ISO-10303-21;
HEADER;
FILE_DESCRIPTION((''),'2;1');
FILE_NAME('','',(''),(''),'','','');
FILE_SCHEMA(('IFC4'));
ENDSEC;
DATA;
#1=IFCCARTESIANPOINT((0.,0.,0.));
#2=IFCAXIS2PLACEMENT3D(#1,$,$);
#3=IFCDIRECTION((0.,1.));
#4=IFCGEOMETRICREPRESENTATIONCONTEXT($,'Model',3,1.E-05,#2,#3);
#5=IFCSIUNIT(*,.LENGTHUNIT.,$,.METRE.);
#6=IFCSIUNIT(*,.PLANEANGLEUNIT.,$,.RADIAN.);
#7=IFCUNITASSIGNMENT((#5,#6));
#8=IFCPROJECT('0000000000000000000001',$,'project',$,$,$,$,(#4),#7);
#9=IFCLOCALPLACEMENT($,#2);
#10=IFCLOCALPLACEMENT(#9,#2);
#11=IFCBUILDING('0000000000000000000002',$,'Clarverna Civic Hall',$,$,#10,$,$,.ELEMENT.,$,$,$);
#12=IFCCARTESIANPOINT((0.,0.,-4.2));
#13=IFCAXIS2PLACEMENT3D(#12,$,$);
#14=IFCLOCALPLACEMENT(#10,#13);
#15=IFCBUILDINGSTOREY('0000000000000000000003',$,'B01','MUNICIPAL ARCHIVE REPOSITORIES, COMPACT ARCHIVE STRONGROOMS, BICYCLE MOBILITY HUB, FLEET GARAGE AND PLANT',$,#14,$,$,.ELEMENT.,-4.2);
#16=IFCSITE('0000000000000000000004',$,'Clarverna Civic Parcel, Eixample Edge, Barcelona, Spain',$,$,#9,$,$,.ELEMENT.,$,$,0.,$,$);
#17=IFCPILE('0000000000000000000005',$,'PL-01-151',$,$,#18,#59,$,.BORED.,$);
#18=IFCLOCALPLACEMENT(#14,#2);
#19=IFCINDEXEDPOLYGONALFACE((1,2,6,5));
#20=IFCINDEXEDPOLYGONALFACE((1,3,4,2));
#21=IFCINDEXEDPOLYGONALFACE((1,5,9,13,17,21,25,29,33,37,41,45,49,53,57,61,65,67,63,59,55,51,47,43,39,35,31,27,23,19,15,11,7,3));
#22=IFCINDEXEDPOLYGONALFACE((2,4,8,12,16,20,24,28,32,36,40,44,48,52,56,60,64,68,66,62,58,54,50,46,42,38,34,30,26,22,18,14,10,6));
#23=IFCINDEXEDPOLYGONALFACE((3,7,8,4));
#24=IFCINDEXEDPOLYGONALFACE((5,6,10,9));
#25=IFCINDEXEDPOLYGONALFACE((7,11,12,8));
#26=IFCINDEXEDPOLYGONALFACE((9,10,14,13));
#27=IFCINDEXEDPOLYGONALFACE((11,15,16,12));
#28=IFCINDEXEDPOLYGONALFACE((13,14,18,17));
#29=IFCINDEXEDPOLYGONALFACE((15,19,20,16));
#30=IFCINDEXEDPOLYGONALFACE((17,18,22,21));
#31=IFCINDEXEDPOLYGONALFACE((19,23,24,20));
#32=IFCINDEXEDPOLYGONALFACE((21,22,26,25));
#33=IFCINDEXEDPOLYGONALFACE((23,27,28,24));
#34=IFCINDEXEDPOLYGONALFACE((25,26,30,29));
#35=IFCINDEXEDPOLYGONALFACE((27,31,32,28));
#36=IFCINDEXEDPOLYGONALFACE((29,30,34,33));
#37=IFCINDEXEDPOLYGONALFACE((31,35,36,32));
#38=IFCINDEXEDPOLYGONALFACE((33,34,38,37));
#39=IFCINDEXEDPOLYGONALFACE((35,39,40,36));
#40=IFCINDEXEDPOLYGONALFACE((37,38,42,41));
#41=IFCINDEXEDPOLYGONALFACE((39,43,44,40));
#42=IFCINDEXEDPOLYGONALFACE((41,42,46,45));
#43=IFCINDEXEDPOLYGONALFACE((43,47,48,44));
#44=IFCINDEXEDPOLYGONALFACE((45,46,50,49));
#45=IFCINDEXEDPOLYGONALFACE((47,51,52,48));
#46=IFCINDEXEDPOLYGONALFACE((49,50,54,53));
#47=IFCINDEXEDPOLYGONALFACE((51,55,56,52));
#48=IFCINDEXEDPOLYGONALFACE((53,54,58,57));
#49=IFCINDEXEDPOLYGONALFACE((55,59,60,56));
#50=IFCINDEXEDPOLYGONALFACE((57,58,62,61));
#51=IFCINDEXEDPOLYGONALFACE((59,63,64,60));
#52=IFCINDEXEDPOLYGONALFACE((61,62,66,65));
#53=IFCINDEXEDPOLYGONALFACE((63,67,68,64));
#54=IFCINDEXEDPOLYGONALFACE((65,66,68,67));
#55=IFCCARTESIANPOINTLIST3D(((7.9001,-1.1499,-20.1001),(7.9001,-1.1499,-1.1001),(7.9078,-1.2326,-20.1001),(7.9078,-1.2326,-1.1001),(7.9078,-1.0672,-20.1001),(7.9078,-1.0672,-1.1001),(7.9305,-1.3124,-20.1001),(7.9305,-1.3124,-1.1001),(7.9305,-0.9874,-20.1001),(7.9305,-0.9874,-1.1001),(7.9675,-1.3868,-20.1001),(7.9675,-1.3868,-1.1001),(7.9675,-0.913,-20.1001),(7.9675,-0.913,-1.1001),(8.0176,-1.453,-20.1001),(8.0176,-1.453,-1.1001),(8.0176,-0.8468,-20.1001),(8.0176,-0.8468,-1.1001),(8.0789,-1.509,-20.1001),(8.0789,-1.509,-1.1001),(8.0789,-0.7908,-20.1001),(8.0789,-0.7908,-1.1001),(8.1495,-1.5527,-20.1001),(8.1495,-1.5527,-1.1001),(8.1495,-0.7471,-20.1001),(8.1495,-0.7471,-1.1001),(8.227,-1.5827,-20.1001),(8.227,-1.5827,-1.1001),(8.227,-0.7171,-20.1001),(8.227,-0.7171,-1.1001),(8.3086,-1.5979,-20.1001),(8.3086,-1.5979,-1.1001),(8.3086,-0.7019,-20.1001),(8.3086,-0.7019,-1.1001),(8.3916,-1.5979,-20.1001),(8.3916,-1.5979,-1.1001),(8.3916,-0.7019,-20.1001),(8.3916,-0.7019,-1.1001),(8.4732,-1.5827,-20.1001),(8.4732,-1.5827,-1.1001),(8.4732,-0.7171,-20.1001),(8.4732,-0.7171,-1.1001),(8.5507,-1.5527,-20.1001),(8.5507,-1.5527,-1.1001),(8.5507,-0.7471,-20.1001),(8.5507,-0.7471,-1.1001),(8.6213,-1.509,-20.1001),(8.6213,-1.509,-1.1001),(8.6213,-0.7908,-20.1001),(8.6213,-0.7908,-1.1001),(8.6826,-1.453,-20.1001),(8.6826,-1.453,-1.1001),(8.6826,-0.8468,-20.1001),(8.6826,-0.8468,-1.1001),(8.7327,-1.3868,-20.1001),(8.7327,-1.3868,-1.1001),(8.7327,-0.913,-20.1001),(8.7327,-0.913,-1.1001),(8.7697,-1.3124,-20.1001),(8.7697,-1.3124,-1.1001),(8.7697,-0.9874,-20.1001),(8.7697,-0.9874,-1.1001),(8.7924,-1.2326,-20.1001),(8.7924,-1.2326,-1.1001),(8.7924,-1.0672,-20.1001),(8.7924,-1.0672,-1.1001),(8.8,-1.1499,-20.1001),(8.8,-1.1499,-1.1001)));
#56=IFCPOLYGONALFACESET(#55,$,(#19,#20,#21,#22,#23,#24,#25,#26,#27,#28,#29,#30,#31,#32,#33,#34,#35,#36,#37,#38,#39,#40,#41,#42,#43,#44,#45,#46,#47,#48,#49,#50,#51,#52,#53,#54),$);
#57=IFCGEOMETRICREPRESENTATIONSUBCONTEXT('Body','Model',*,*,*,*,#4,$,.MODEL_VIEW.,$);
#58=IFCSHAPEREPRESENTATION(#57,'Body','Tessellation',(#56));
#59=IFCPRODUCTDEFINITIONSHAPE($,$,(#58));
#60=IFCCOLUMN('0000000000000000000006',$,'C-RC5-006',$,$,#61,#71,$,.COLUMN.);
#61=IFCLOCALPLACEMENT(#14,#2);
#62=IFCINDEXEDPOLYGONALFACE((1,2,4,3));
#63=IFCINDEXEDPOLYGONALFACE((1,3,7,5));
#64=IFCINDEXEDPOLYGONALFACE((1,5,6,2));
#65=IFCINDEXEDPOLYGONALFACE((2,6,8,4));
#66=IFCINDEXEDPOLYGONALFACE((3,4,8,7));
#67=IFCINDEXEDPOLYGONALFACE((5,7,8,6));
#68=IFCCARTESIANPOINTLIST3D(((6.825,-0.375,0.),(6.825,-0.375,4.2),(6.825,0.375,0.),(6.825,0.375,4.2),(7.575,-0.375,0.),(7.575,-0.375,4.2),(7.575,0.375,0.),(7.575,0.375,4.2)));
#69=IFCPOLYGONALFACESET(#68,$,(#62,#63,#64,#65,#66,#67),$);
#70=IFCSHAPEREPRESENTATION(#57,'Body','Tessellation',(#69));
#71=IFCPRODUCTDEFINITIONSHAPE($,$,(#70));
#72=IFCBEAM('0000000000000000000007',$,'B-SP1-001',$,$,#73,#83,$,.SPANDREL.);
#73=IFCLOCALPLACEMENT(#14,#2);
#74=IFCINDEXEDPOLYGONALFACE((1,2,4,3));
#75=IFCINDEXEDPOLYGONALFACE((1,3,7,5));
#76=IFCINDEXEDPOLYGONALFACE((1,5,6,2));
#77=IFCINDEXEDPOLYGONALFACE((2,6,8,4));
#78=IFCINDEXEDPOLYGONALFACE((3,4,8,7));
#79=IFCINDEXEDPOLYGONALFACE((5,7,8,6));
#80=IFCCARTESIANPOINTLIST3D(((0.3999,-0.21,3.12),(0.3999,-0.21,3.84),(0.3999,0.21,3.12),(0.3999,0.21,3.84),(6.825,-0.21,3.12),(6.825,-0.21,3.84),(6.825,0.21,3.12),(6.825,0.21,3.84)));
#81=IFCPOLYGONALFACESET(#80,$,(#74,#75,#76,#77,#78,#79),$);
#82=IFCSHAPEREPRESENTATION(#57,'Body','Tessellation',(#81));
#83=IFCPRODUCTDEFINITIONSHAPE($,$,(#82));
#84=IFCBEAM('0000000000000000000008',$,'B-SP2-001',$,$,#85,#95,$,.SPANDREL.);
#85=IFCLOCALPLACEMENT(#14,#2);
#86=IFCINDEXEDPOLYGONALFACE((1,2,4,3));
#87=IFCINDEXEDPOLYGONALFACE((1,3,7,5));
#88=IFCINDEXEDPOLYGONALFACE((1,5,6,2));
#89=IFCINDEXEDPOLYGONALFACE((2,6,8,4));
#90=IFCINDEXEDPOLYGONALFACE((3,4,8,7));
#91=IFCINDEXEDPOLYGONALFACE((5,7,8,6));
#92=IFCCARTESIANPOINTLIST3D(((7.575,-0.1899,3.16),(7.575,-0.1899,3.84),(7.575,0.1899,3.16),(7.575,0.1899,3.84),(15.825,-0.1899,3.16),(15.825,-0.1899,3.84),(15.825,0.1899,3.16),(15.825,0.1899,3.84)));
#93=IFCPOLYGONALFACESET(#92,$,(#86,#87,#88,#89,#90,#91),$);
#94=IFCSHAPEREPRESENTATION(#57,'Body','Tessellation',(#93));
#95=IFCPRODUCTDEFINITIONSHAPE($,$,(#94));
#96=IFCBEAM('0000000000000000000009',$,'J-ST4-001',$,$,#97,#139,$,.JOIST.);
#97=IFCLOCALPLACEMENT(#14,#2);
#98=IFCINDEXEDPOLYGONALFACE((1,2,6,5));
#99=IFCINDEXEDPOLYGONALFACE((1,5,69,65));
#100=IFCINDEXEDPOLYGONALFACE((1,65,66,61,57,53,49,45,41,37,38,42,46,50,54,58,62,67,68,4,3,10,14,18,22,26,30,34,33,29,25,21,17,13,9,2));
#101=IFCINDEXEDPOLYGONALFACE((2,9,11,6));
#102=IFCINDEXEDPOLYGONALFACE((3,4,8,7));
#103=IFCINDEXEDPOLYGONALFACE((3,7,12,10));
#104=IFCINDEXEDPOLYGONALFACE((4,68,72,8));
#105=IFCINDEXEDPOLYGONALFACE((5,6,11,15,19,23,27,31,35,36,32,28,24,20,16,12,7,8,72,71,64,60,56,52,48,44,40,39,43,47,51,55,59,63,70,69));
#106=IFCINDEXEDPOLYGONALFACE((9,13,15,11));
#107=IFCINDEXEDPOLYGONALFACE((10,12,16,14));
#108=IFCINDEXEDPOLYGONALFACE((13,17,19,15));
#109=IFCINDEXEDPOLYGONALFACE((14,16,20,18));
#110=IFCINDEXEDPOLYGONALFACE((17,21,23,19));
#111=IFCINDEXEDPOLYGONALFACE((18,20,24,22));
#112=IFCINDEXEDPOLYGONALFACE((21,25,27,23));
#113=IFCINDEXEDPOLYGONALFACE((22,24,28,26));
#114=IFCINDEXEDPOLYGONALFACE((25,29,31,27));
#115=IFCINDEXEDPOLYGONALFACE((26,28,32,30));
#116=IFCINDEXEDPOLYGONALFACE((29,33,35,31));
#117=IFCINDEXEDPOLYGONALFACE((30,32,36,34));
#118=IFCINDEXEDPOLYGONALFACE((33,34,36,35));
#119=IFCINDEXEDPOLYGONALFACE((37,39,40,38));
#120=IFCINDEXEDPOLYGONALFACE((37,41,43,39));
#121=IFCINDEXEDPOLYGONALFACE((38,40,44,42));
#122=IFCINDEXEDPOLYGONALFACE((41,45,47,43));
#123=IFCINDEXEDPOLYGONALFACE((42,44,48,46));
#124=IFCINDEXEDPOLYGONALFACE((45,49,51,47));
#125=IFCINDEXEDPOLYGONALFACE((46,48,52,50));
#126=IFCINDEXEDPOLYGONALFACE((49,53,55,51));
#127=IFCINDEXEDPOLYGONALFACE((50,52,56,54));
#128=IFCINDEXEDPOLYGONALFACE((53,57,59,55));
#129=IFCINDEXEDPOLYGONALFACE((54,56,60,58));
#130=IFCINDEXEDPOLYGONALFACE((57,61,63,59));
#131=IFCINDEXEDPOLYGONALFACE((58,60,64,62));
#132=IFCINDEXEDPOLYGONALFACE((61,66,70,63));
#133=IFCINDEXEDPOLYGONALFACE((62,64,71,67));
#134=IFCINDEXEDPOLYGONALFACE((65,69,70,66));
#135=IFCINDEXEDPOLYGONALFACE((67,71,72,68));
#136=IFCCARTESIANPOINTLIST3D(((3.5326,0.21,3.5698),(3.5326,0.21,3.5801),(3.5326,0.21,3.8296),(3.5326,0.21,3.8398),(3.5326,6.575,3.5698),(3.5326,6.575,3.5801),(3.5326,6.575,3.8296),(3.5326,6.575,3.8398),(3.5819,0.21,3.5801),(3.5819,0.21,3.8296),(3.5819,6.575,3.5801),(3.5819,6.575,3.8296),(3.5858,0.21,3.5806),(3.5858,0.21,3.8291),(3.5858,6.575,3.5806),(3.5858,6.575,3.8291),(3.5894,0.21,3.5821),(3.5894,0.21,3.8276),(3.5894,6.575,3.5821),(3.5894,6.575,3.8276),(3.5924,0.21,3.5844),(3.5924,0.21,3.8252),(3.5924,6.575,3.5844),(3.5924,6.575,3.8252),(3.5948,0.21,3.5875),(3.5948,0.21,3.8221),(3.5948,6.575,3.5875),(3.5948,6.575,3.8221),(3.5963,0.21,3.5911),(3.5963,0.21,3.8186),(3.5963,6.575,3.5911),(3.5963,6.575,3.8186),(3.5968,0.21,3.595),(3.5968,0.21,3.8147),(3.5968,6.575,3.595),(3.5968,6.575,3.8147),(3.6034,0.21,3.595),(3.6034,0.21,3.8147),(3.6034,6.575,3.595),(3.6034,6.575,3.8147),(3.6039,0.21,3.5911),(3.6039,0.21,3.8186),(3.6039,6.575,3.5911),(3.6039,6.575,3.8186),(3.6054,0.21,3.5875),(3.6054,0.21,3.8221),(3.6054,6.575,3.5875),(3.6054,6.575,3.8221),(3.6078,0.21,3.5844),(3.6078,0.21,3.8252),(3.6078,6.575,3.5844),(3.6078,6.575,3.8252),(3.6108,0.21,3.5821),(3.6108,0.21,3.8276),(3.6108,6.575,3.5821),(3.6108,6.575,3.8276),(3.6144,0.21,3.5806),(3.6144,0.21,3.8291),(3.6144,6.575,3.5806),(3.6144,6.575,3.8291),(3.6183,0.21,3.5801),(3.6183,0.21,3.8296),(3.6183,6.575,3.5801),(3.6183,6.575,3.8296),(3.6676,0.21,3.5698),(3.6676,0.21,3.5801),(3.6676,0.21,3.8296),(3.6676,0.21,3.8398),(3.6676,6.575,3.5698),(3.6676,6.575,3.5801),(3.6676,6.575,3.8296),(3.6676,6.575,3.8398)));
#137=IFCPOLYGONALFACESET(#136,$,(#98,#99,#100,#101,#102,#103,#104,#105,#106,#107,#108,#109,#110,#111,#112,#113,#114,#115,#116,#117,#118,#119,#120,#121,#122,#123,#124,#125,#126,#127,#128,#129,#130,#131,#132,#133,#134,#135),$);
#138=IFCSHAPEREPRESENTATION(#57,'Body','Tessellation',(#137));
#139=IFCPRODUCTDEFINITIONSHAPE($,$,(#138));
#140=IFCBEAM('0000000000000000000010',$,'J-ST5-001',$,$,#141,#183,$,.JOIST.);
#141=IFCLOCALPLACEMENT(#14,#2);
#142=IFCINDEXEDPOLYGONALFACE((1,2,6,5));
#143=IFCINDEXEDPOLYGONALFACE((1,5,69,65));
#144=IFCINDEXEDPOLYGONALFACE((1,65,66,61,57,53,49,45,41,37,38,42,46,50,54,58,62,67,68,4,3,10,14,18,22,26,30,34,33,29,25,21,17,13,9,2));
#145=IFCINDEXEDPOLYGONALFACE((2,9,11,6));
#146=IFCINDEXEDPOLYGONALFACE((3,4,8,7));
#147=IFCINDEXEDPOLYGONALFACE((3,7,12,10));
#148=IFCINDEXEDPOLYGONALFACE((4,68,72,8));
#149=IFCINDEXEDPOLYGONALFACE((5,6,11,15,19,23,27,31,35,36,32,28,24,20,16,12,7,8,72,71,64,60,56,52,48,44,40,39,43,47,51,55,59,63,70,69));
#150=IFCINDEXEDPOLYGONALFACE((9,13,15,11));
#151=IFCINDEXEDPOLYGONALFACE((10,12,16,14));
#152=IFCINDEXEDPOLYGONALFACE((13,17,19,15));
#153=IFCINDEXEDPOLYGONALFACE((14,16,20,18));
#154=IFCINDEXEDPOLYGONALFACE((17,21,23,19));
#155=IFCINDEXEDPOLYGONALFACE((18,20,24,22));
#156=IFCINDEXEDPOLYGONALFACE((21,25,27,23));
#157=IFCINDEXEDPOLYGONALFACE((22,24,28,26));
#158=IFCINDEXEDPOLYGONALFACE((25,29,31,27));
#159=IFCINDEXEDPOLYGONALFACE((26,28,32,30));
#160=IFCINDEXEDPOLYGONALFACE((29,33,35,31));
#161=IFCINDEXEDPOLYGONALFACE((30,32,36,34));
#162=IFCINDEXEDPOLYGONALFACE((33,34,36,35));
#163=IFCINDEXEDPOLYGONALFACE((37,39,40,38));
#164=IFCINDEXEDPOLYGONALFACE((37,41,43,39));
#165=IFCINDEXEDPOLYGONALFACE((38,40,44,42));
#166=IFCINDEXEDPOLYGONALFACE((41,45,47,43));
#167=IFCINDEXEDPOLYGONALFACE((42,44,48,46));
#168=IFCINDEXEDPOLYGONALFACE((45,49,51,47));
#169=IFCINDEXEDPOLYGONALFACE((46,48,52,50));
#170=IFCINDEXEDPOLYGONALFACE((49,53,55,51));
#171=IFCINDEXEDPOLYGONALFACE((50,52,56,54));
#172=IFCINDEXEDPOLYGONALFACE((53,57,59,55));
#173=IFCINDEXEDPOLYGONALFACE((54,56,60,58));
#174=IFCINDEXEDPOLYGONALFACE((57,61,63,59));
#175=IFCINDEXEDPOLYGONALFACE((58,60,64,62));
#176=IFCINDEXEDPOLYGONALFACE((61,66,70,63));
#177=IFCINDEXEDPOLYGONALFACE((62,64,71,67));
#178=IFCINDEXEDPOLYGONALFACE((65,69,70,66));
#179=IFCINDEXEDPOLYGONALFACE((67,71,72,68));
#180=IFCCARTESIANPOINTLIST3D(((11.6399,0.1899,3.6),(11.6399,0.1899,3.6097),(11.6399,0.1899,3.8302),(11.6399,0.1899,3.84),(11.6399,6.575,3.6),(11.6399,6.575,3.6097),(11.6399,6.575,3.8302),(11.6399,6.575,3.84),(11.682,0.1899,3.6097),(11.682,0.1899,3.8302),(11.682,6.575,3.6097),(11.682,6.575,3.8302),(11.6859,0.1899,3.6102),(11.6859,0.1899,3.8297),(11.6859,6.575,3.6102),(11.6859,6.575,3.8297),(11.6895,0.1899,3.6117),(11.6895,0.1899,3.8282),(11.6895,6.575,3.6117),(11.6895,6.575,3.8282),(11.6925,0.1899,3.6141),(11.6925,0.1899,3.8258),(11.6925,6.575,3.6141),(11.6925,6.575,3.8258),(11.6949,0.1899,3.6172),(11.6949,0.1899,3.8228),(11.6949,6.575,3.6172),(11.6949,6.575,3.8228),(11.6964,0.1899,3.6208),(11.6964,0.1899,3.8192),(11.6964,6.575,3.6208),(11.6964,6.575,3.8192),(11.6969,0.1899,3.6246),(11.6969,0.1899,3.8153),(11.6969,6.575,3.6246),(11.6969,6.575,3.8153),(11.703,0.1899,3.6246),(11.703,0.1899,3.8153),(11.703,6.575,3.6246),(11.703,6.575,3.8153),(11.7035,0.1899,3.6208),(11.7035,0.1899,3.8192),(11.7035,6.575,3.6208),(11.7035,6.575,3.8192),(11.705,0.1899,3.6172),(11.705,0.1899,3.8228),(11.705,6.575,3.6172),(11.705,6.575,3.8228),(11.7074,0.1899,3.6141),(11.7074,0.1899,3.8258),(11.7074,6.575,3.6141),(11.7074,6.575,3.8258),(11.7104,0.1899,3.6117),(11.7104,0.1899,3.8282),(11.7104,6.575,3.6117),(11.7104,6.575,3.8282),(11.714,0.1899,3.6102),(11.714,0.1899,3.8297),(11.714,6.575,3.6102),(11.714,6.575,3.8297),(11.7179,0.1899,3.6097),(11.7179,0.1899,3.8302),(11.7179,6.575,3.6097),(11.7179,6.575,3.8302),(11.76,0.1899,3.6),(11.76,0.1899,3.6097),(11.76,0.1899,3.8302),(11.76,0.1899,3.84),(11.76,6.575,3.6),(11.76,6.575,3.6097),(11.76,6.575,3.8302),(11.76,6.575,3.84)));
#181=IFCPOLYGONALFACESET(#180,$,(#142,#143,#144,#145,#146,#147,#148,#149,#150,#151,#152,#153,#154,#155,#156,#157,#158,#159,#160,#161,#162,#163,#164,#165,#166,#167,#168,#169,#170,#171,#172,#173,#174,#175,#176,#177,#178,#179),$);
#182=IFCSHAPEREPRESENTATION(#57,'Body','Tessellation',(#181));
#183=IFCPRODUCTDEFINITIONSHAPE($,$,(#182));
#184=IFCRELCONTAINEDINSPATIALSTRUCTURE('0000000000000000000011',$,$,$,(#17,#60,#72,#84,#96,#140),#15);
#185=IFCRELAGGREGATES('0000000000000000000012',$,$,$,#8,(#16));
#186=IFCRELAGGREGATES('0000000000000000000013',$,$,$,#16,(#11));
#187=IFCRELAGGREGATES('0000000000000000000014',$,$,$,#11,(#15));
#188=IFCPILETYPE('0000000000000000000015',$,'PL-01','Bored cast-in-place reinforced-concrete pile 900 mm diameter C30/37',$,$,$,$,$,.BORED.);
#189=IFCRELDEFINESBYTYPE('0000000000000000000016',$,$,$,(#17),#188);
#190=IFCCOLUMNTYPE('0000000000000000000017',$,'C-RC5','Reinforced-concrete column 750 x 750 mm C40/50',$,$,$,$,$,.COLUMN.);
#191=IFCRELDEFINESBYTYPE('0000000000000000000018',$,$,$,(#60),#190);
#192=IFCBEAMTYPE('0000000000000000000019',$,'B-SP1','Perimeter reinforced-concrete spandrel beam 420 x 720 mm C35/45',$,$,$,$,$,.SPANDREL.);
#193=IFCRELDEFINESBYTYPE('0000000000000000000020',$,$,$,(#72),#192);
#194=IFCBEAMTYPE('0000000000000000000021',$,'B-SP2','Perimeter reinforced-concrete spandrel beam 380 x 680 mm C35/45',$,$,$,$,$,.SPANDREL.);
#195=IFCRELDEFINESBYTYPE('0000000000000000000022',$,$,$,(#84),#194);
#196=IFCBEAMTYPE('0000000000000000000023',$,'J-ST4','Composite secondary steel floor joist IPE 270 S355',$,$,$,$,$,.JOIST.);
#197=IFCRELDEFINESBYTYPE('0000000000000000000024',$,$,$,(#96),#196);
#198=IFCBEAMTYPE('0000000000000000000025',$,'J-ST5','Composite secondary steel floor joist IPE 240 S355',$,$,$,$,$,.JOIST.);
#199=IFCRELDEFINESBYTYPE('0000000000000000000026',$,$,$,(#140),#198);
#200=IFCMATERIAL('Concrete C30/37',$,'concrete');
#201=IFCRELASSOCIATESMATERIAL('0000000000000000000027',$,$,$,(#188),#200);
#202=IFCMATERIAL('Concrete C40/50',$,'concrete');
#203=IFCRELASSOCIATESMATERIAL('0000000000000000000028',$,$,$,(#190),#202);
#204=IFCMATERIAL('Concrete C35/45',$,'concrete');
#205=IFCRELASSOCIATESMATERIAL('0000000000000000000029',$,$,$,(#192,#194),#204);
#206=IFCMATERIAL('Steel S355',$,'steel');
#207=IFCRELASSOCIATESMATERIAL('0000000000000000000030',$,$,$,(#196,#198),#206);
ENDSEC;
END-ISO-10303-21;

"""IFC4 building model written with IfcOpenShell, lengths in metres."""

from ifc_helpers import new_model, si_unit, direction, frame, origin, origin_2d, place, context, subcontext, project, spatial, rectangle, circle, i_section, extrude, material, material_profile, profile_set, type_object, element, save


model = new_model("IFC4")

# Units and contexts
model_context = context("Model", 3, precision=1e-05, world=origin(), true_north=direction((0.0, 1.0)))
body_context = subcontext(model_context, "Body", "Model", "MODEL_VIEW")
ifc_project = project(units=[si_unit("LENGTHUNIT", "METRE"), si_unit("PLANEANGLEUNIT", "RADIAN")], contexts=[model_context])

# Site, building, storey
site_placement = place(None, origin())
site = spatial("IfcSite", under=ifc_project, at=site_placement, Name="Clarverna Civic Parcel, Eixample Edge, Barcelona, Spain", CompositionType="ELEMENT", RefElevation=0.0)
building_placement = place(site_placement, origin())
building = spatial("IfcBuilding", under=site, at=building_placement, Name="Clarverna Civic Hall", CompositionType="ELEMENT")
storey_placement = place(building_placement, frame((0.0, 0.0, -4.2)))
storey = spatial("IfcBuildingStorey", under=building, at=storey_placement, Name="B01", Description="MUNICIPAL ARCHIVE REPOSITORIES, COMPACT ARCHIVE STRONGROOMS, BICYCLE MOBILITY HUB, FLEET GARAGE AND PLANT", CompositionType="ELEMENT", Elevation=-4.2)

# Shared definitions
ifc_material_1 = material(Name="Concrete C30/37", Category="concrete")

# Pile
ifc_material_profile_1 = material_profile(ifc_material_1, circle(Radius=0.45, at=origin_2d()), Name="BORED PILE D900")
ifc_profile_set_1 = profile_set([ifc_material_profile_1], Name="Concrete C30/37")
pile_type = type_object("IfcPileType", Name="PL-01", Description="Bored cast-in-place reinforced-concrete pile 900 mm diameter C30/37", PredefinedType="BORED", material=ifc_profile_set_1)
for number, where, z_axis, x_axis, name in (
    (1, (8.3501, -1.1499, -1.1001), (0.0, 0.0, -1.0), (1.0, 0.0, 0.0), "PL-01-151"),
):
    element("IfcPile", number, at=place(storey_placement, frame(where, z_axis=z_axis, x_axis=x_axis)), inside=storey, type_object=pile_type, Name=name, PredefinedType="BORED", context=body_context, shape_type="SweptSolid", body=[
        extrude(circle(Radius=0.45, at=origin_2d()), origin(), (0.0, 0.0, 1.0), 19.0),
    ])

# Column
ifc_material_2 = material(Name="Concrete C40/50", Category="concrete")
ifc_material_profile_2 = material_profile(ifc_material_2, rectangle(XDim=0.75, YDim=0.75, at=origin_2d()), Name="RC 750x750")
ifc_profile_set_2 = profile_set([ifc_material_profile_2], Name="Concrete C40/50")
column_type = type_object("IfcColumnType", Name="C-RC5", Description="Reinforced-concrete column 750 x 750 mm C40/50", PredefinedType="COLUMN", material=ifc_profile_set_2)
column_placement = place(storey_placement, frame((7.2, 0.0, 0.0), z_axis=(0.0, 0.0, 1.0), x_axis=(1.0, 0.0, 0.0)))
element("IfcColumn", 2, at=column_placement, inside=storey, type_object=column_type, Name="C-RC5-006", PredefinedType="COLUMN", context=body_context, shape_type="SweptSolid", body=[
    extrude(rectangle(XDim=0.75, YDim=0.75, at=origin_2d()), origin(), (0.0, 0.0, 1.0), 4.2),
])

# Beams
ifc_material_3 = material(Name="Concrete C35/45", Category="concrete")
ifc_material_profile_3 = material_profile(ifc_material_3, rectangle(XDim=0.4199, YDim=0.72, at=origin_2d()), Name="RC 420x720")
ifc_profile_set_3 = profile_set([ifc_material_profile_3], Name="Concrete C35/45")
beam_type_1 = type_object("IfcBeamType", Name="B-SP1", Description="Perimeter reinforced-concrete spandrel beam 420 x 720 mm C35/45", PredefinedType="SPANDREL", material=ifc_profile_set_3)
beam_1_placement = place(storey_placement, frame((0.3999, 0.0, 3.48), z_axis=(1.0, 0.0, 0.0), x_axis=(0.0, 1.0, 0.0)))
element("IfcBeam", 3, at=beam_1_placement, inside=storey, type_object=beam_type_1, Name="B-SP1-001", PredefinedType="SPANDREL", context=body_context, shape_type="SweptSolid", body=[
    extrude(rectangle(XDim=0.4199, YDim=0.72, at=origin_2d()), origin(), (0.0, 0.0, 1.0), 6.425),
])
ifc_material_profile_4 = material_profile(ifc_material_3, rectangle(XDim=0.3799, YDim=0.6799, at=origin_2d()), Name="RC 380x680")
ifc_profile_set_4 = profile_set([ifc_material_profile_4], Name="Concrete C35/45")
beam_type_2 = type_object("IfcBeamType", Name="B-SP2", Description="Perimeter reinforced-concrete spandrel beam 380 x 680 mm C35/45", PredefinedType="SPANDREL", material=ifc_profile_set_4)
beam_2_placement = place(storey_placement, frame((7.575, 0.0, 3.5), z_axis=(1.0, 0.0, 0.0), x_axis=(0.0, 1.0, 0.0)))
element("IfcBeam", 4, at=beam_2_placement, inside=storey, type_object=beam_type_2, Name="B-SP2-001", PredefinedType="SPANDREL", context=body_context, shape_type="SweptSolid", body=[
    extrude(rectangle(XDim=0.3799, YDim=0.6799, at=origin_2d()), origin(), (0.0, 0.0, 1.0), 8.25),
])
ifc_material_4 = material(Name="Steel S355", Category="steel")
ifc_material_profile_5 = material_profile(ifc_material_4, i_section(OverallWidth=0.135, OverallDepth=0.27, WebThickness=0.0066, FlangeThickness=0.0103, FilletRadius=0.0149, at=origin_2d()), Name="IPE 270")
ifc_profile_set_5 = profile_set([ifc_material_profile_5], Name="Steel S355")
beam_type_3 = type_object("IfcBeamType", Name="J-ST4", Description="Composite secondary steel floor joist IPE 270 S355", PredefinedType="JOIST", material=ifc_profile_set_5)
beam_3_placement = place(storey_placement, frame((3.6001, 0.21, 3.7048), z_axis=(0.0, 1.0, 0.0), x_axis=(-1.0, 0.0, 0.0)))
element("IfcBeam", 5, at=beam_3_placement, inside=storey, type_object=beam_type_3, Name="J-ST4-001", PredefinedType="JOIST", context=body_context, shape_type="SweptSolid", body=[
    extrude(i_section(OverallWidth=0.135, OverallDepth=0.27, WebThickness=0.0066, FlangeThickness=0.0103, FilletRadius=0.0149, at=origin_2d()), origin(), (0.0, 0.0, 1.0), 6.365),
])
ifc_material_profile_6 = material_profile(ifc_material_4, i_section(OverallWidth=0.1201, OverallDepth=0.24, WebThickness=0.0061, FlangeThickness=0.0098, FilletRadius=0.0149, at=origin_2d()), Name="IPE 240")
ifc_profile_set_6 = profile_set([ifc_material_profile_6], Name="Steel S355")
beam_type_4 = type_object("IfcBeamType", Name="J-ST5", Description="Composite secondary steel floor joist IPE 240 S355", PredefinedType="JOIST", material=ifc_profile_set_6)
beam_4_placement = place(storey_placement, frame((11.7, 0.1899, 3.72), z_axis=(0.0, 1.0, 0.0), x_axis=(-1.0, 0.0, 0.0)))
element("IfcBeam", 6, at=beam_4_placement, inside=storey, type_object=beam_type_4, Name="J-ST5-001", PredefinedType="JOIST", context=body_context, shape_type="SweptSolid", body=[
    extrude(i_section(OverallWidth=0.1201, OverallDepth=0.24, WebThickness=0.0061, FlangeThickness=0.0098, FilletRadius=0.0149, at=origin_2d()), origin(), (0.0, 0.0, 1.0), 6.385),
])

save(model, "model.ifc")
